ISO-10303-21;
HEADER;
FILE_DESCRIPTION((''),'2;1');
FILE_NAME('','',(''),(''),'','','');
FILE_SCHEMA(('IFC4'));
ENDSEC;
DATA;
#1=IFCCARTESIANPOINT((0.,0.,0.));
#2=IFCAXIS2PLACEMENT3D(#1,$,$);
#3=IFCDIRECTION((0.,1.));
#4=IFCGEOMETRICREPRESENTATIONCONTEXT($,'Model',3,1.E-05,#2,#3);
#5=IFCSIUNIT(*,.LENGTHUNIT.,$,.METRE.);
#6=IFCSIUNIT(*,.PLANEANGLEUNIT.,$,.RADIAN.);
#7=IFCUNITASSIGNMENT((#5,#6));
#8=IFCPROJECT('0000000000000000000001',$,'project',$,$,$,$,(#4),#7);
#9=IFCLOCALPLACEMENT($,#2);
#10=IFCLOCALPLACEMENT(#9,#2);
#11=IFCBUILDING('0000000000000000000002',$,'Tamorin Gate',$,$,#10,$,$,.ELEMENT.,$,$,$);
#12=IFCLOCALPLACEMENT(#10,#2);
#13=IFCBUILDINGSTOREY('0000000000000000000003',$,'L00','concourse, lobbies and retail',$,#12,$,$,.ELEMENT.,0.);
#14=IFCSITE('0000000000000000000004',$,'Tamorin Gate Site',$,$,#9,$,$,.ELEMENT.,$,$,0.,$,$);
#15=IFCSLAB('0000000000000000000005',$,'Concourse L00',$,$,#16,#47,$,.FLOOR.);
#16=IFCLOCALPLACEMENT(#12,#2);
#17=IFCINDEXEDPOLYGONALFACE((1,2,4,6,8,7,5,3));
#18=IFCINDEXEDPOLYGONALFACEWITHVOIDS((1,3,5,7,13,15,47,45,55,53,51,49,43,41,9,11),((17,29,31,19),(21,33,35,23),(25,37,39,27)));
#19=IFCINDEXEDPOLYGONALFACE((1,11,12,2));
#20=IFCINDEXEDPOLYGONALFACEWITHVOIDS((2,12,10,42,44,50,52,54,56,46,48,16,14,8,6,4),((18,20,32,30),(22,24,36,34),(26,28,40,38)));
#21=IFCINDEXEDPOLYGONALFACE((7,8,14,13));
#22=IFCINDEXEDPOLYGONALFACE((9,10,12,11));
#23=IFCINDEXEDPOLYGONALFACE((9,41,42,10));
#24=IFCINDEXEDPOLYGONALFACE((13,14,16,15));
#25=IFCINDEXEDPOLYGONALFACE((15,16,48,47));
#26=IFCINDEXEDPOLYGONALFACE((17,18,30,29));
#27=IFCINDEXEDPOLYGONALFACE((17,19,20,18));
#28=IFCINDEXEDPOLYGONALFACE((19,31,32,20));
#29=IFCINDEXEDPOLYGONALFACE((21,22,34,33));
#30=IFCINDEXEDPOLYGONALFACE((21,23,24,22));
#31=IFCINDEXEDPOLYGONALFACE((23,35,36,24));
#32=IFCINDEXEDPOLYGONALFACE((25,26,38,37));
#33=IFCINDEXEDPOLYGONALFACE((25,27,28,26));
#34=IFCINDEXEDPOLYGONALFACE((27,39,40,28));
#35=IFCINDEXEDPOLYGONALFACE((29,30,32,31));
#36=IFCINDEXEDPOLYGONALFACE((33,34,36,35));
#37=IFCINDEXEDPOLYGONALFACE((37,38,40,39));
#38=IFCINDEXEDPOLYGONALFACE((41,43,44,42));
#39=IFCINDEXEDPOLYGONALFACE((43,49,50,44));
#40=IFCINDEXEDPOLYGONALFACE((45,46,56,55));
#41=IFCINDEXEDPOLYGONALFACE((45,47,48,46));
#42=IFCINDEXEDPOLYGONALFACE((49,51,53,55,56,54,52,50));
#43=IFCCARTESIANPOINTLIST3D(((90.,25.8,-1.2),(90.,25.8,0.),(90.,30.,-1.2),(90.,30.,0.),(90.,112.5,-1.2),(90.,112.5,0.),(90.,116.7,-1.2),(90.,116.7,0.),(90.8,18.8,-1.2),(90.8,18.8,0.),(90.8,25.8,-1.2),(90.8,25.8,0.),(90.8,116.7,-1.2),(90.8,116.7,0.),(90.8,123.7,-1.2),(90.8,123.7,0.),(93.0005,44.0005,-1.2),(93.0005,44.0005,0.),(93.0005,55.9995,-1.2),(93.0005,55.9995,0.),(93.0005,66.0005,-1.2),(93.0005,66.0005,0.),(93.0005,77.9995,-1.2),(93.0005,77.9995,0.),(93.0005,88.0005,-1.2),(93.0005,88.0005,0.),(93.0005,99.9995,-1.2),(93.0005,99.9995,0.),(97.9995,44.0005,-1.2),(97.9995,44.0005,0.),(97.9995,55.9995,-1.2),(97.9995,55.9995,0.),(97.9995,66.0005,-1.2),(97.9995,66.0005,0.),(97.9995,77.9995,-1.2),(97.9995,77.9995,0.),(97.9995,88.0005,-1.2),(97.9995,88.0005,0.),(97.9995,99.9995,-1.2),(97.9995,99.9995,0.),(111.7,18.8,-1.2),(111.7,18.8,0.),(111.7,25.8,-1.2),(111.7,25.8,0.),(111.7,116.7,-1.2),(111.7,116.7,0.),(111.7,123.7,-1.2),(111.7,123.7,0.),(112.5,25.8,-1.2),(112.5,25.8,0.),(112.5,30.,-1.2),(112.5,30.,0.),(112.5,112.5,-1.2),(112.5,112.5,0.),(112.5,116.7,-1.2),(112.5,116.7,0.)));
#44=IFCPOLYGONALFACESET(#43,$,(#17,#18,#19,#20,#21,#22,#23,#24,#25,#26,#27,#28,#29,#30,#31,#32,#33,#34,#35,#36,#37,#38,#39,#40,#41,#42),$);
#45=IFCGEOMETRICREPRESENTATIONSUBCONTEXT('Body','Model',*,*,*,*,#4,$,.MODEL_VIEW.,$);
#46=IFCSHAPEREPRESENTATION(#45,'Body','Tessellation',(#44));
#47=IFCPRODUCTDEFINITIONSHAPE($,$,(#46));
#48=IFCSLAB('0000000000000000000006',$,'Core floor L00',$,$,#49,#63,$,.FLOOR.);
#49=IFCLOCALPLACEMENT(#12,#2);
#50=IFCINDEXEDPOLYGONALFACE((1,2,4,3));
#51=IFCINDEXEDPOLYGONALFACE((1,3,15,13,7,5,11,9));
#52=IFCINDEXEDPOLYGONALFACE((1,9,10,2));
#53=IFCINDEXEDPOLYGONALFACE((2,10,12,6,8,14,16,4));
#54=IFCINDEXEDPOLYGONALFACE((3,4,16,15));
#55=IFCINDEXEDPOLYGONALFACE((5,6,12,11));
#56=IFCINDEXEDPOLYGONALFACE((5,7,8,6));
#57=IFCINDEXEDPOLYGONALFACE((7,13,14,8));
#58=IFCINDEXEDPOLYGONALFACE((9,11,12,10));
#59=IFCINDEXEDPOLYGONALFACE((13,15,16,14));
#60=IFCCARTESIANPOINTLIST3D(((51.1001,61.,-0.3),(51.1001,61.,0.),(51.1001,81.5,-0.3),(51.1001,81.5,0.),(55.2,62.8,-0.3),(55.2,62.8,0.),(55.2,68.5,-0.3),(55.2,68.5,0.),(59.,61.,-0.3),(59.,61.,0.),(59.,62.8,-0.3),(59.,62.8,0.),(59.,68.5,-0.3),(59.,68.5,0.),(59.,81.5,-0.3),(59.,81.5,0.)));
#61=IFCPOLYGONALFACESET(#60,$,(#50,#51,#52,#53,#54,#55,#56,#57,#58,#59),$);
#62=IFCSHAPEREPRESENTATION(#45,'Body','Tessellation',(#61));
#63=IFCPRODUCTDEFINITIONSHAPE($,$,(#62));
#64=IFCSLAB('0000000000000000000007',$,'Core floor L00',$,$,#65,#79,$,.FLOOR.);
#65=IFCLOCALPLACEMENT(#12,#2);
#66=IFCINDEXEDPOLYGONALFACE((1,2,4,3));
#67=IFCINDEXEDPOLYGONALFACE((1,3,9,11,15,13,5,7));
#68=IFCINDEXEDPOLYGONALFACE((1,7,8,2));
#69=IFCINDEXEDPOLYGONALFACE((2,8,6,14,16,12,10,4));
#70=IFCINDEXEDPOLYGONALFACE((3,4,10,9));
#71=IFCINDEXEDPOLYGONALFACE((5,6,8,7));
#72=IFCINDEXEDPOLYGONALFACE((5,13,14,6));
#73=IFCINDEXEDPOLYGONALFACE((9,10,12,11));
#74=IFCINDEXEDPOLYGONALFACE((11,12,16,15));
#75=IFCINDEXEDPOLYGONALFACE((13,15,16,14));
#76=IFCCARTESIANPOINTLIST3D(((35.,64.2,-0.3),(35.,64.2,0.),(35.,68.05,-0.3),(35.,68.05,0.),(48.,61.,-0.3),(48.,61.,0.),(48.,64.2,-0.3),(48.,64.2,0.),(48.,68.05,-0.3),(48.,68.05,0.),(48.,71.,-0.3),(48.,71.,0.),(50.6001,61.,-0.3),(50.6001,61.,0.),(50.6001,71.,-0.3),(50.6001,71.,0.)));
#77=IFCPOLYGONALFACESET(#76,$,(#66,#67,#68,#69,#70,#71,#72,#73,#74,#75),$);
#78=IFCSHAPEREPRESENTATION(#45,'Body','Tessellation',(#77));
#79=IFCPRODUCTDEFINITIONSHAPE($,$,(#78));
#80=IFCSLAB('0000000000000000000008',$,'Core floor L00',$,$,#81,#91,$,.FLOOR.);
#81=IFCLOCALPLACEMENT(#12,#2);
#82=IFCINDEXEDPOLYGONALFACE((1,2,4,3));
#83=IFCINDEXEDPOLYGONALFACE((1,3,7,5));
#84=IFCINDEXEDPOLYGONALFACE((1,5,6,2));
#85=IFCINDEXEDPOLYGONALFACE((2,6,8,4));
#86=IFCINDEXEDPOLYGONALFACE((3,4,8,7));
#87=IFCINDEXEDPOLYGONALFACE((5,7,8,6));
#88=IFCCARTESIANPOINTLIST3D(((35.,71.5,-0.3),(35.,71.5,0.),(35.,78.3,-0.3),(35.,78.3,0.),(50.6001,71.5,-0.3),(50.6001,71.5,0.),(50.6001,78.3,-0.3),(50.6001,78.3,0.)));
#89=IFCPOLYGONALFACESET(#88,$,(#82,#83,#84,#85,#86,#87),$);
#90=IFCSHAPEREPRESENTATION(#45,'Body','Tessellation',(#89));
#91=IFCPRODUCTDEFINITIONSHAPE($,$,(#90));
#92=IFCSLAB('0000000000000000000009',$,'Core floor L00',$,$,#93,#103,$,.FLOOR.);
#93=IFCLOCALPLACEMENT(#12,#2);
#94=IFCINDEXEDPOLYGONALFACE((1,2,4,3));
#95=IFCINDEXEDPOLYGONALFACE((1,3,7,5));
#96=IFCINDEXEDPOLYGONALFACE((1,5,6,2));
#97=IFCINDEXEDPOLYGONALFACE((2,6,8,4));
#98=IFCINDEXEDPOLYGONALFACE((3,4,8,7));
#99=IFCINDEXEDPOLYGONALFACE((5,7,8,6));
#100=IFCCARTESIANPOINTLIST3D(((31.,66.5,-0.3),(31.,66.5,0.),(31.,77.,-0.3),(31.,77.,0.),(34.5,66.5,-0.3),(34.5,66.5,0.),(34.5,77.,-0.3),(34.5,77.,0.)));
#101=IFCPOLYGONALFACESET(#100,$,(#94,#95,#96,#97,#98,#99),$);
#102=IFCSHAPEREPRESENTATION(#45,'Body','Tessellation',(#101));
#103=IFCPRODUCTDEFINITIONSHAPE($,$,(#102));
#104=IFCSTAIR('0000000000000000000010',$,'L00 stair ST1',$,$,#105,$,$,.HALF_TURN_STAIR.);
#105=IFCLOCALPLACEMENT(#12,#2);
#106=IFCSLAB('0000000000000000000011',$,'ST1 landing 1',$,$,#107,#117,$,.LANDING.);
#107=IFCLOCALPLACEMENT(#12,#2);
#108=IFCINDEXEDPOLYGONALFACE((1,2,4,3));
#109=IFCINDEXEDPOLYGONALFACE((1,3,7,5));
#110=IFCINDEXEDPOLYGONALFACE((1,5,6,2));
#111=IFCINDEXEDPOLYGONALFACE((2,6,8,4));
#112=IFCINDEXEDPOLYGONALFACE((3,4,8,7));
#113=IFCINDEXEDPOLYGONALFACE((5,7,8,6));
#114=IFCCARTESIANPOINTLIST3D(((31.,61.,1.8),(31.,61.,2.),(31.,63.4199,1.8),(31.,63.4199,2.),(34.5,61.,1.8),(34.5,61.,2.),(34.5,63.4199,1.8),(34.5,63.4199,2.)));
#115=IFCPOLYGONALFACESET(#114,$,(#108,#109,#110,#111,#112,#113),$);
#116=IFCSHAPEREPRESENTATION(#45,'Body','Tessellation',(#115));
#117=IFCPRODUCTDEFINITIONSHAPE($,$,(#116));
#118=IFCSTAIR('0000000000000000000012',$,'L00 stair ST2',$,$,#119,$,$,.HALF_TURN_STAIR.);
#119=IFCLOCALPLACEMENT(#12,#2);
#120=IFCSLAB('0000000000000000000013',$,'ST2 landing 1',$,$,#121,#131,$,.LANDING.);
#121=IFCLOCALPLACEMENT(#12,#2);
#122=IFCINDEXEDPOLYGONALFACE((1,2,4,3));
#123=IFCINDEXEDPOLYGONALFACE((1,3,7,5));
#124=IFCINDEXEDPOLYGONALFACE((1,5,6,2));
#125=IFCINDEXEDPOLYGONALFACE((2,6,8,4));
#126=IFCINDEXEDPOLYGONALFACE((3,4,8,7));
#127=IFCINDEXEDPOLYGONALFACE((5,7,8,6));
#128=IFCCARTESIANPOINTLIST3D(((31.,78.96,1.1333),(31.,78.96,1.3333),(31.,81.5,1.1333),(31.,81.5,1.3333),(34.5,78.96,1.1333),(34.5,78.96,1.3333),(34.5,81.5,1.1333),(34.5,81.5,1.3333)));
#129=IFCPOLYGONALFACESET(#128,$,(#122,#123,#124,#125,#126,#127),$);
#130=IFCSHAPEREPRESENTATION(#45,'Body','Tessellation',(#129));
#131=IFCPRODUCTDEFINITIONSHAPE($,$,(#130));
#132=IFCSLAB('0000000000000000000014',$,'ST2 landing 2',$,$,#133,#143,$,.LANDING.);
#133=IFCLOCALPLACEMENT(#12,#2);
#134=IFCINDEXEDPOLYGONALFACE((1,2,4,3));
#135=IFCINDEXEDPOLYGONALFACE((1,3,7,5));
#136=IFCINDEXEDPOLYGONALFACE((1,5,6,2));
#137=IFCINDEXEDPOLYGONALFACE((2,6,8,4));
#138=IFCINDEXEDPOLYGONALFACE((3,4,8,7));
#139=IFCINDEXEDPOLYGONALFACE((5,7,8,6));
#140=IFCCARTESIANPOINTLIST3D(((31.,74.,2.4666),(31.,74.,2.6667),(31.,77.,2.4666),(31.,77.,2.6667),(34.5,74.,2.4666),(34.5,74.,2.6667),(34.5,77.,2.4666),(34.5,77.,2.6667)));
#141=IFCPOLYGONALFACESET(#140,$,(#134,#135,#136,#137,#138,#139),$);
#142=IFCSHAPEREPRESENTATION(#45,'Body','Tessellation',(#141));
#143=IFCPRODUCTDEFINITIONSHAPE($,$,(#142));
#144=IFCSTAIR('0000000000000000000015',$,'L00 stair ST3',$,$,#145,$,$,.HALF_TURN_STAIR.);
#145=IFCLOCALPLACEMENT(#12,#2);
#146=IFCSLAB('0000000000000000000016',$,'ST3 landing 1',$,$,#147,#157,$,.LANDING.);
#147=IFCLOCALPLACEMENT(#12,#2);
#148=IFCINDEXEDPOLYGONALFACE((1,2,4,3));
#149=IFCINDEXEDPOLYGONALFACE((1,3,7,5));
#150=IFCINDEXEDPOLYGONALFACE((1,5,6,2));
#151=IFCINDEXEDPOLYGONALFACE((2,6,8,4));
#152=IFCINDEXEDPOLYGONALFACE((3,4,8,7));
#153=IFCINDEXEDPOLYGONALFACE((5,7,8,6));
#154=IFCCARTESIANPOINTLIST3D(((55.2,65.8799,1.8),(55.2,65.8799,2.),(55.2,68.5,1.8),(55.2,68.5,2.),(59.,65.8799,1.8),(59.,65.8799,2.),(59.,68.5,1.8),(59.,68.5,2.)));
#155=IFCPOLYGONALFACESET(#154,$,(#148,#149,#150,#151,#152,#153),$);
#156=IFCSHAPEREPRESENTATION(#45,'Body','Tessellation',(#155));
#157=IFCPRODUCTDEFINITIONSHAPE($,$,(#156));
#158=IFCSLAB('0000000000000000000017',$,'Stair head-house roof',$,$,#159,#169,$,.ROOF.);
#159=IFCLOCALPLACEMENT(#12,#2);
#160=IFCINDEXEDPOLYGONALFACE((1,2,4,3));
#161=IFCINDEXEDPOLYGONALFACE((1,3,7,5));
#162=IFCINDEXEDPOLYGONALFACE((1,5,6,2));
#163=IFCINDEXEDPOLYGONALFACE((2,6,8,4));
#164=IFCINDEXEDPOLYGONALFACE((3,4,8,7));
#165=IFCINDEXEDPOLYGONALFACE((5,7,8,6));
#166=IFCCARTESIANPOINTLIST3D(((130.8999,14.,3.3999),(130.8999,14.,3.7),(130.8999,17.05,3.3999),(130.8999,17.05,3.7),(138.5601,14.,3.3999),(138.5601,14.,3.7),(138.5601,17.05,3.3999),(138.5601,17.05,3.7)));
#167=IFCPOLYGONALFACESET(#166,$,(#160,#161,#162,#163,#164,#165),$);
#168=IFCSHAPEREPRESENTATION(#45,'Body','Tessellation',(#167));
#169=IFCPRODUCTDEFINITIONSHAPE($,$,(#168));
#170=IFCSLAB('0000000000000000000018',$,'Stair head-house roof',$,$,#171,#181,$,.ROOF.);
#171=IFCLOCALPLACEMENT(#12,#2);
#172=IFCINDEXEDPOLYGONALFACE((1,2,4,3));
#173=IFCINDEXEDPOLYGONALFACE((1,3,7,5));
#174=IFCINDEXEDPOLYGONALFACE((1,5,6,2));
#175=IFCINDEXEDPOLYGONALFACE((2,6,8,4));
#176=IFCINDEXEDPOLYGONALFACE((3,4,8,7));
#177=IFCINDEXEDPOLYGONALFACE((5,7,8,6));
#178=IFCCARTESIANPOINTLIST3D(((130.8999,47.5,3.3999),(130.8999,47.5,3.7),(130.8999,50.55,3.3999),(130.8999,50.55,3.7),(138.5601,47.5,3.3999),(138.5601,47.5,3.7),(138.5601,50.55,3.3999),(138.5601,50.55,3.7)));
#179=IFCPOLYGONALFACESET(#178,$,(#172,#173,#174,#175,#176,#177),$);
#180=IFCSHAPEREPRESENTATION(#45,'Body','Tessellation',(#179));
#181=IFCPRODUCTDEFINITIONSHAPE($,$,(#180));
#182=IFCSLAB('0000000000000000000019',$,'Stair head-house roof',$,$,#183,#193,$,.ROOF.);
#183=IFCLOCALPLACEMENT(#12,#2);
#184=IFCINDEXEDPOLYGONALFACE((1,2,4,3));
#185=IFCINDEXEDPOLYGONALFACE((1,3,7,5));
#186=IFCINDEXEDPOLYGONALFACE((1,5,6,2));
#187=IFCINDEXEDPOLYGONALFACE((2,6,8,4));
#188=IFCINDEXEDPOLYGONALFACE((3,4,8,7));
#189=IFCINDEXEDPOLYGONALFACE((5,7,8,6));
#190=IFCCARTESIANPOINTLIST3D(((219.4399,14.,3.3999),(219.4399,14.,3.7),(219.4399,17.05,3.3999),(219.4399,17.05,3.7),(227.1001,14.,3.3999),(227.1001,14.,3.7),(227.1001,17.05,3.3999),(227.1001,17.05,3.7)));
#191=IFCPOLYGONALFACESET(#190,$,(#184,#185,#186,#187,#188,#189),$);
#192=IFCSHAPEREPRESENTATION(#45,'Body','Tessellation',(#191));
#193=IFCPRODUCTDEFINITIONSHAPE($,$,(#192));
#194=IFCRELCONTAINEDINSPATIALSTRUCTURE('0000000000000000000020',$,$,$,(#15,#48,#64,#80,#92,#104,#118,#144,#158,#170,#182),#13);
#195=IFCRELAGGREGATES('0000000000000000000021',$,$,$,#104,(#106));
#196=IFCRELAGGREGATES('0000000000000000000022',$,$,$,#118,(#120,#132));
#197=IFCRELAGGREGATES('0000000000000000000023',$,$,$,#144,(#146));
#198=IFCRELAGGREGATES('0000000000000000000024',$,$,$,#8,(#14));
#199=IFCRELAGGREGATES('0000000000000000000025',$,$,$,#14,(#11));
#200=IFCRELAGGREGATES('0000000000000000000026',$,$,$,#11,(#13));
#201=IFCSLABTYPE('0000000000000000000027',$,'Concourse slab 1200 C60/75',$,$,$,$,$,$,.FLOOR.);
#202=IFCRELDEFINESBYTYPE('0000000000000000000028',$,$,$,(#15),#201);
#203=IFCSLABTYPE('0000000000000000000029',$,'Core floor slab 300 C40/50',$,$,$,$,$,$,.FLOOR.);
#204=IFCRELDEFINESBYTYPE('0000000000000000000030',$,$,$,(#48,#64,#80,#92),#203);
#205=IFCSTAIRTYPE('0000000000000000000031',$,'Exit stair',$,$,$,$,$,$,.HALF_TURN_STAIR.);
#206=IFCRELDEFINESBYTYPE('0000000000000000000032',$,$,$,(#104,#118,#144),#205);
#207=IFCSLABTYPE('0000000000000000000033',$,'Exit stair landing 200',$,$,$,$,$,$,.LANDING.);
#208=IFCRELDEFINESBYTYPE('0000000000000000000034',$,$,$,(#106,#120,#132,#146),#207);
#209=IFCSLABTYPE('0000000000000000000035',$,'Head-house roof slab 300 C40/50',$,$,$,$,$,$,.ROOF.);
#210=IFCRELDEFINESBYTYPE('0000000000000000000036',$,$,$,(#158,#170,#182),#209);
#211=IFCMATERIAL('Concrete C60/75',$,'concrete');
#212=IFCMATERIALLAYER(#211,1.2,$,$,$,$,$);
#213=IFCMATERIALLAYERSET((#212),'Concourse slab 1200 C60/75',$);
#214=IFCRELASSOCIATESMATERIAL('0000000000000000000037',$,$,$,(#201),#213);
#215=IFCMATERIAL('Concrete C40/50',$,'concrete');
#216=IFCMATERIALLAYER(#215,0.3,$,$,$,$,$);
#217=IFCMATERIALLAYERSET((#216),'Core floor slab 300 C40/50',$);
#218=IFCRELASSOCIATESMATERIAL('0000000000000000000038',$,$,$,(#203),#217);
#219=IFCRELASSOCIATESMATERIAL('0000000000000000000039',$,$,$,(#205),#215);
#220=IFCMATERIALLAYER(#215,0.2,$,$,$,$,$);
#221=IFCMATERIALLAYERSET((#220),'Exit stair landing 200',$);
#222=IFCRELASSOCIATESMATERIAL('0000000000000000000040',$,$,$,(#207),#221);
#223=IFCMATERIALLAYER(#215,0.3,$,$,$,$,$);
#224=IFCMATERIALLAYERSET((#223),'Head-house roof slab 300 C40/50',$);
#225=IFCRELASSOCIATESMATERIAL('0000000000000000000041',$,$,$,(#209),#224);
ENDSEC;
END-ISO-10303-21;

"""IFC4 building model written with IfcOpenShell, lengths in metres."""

from ifc_helpers import new_model, si_unit, direction, frame, origin, place, context, subcontext, project, spatial, polyline, outline, extrude, material, layer, layer_set, type_object, element, aggregate, save


model = new_model("IFC4")

# Units and contexts
model_context = context("Model", 3, precision=1e-05, world=origin(), true_north=direction((0.0, 1.0)))
body_context = subcontext(model_context, "Body", "Model", "MODEL_VIEW")
ifc_project = project(units=[si_unit("LENGTHUNIT", "METRE"), si_unit("PLANEANGLEUNIT", "RADIAN")], contexts=[model_context])

# Site, building, storey
site_placement = place(None, origin())
site = spatial("IfcSite", under=ifc_project, at=site_placement, Name="Tamorin Gate Site", CompositionType="ELEMENT", RefElevation=0.0)
building_placement = place(site_placement, origin())
building = spatial("IfcBuilding", under=site, at=building_placement, Name="Tamorin Gate", CompositionType="ELEMENT")
storey_placement = place(building_placement, origin())
storey = spatial("IfcBuildingStorey", under=building, at=storey_placement, Name="L00", Description="concourse, lobbies and retail", CompositionType="ELEMENT", Elevation=0.0)

# Slabs
ifc_material_1 = material(Name="Concrete C60/75", Category="concrete")
ifc_layer_1 = layer(ifc_material_1, 1.2)
ifc_layer_set_1 = layer_set([ifc_layer_1], Name="Concourse slab 1200 C60/75")
slab_type_1 = type_object("IfcSlabType", Name="Concourse slab 1200 C60/75", PredefinedType="FLOOR", material=ifc_layer_set_1)
slab_1_placement = place(storey_placement, frame((0.0, 0.0, -1.2)))
element("IfcSlab", 1, at=slab_1_placement, inside=storey, type_object=slab_type_1, Name="Concourse L00", PredefinedType="FLOOR", context=body_context, shape_type="SweptSolid", body=[
    extrude(outline(polyline([(90.8, 25.8), (90.0, 25.8), (90.0, 30.0), (90.0, 112.5), (90.0, 116.7), (90.8, 116.7), (90.8, 123.7), (111.7, 123.7), (111.7, 116.7), (112.5, 116.7), (112.5, 112.5), (112.5, 30.0), (112.5, 25.8), (111.7, 25.8), (111.7, 18.8), (90.8, 18.8), (90.8, 25.8)]), holes=[polyline([(97.9995, 44.0005), (93.0005, 44.0005), (93.0005, 55.9995), (97.9995, 55.9995), (97.9995, 44.0005)]), polyline([(97.9995, 66.0005), (93.0005, 66.0005), (93.0005, 77.9995), (97.9995, 77.9995), (97.9995, 66.0005)]), polyline([(97.9995, 88.0005), (93.0005, 88.0005), (93.0005, 99.9995), (97.9995, 99.9995), (97.9995, 88.0005)])]), origin(), (0.0, 0.0, 1.0), 1.2),
])
ifc_material_2 = material(Name="Concrete C40/50", Category="concrete")
ifc_layer_2 = layer(ifc_material_2, 0.3)
ifc_layer_set_2 = layer_set([ifc_layer_2], Name="Core floor slab 300 C40/50")
slab_type_2 = type_object("IfcSlabType", Name="Core floor slab 300 C40/50", PredefinedType="FLOOR", material=ifc_layer_set_2)
slab_2_placement = place(storey_placement, frame((0.0, 0.0, -0.3)))
element("IfcSlab", 2, at=slab_2_placement, inside=storey, type_object=slab_type_2, Name="Core floor L00", PredefinedType="FLOOR", context=body_context, shape_type="SweptSolid", body=[
    extrude(outline(polyline([(59.0, 62.8), (59.0, 61.0), (51.1001, 61.0), (51.1001, 81.5), (59.0, 81.5), (59.0, 68.5), (55.2, 68.5), (55.2, 62.8), (59.0, 62.8)])), origin(), (0.0, 0.0, 1.0), 0.3),
])
slab_3_placement = place(storey_placement, frame((0.0, 0.0, -0.3)))
element("IfcSlab", 3, at=slab_3_placement, inside=storey, type_object=slab_type_2, Name="Core floor L00", PredefinedType="FLOOR", context=body_context, shape_type="SweptSolid", body=[
    extrude(outline(polyline([(50.6001, 61.0), (48.0, 61.0), (48.0, 64.2), (35.0, 64.2), (35.0, 68.05), (48.0, 68.05), (48.0, 71.0), (50.6001, 71.0), (50.6001, 61.0)])), origin(), (0.0, 0.0, 1.0), 0.3),
])
slab_4_placement = place(storey_placement, frame((0.0, 0.0, -0.3)))
element("IfcSlab", 4, at=slab_4_placement, inside=storey, type_object=slab_type_2, Name="Core floor L00", PredefinedType="FLOOR", context=body_context, shape_type="SweptSolid", body=[
    extrude(outline(polyline([(50.6001, 71.5), (35.0, 71.5), (35.0, 78.3), (50.6001, 78.3), (50.6001, 71.5)])), origin(), (0.0, 0.0, 1.0), 0.3),
])
slab_5_placement = place(storey_placement, frame((0.0, 0.0, -0.3)))
element("IfcSlab", 5, at=slab_5_placement, inside=storey, type_object=slab_type_2, Name="Core floor L00", PredefinedType="FLOOR", context=body_context, shape_type="SweptSolid", body=[
    extrude(outline(polyline([(31.0, 66.5), (31.0, 77.0), (34.5, 77.0), (34.5, 66.5), (31.0, 66.5)])), origin(), (0.0, 0.0, 1.0), 0.3),
])

# Stair, slab
stair_type = type_object("IfcStairType", Name="Exit stair", PredefinedType="HALF_TURN_STAIR", material=ifc_material_2)
stair_1_placement = place(storey_placement, origin())
stair_1 = element("IfcStair", 6, at=stair_1_placement, inside=storey, type_object=stair_type, Name="L00 stair ST1", PredefinedType="HALF_TURN_STAIR")
ifc_layer_3 = layer(ifc_material_2, 0.2)
ifc_layer_set_3 = layer_set([ifc_layer_3], Name="Exit stair landing 200")
slab_type_3 = type_object("IfcSlabType", Name="Exit stair landing 200", PredefinedType="LANDING", material=ifc_layer_set_3)
slab_6_placement = place(storey_placement, frame((0.0, 0.0, 1.8)))
slab_6 = element("IfcSlab", 7, at=slab_6_placement, type_object=slab_type_3, Name="ST1 landing 1", PredefinedType="LANDING", context=body_context, shape_type="SweptSolid", body=[
    extrude(outline(polyline([(31.0, 63.4199), (31.0, 61.0), (34.5, 61.0), (34.5, 63.4199), (31.0, 63.4199)])), origin(), (0.0, 0.0, 1.0), 0.2),
])
aggregate(stair_1, [slab_6])

# Stair, slabs
stair_2_placement = place(storey_placement, origin())
stair_2 = element("IfcStair", 8, at=stair_2_placement, inside=storey, type_object=stair_type, Name="L00 stair ST2", PredefinedType="HALF_TURN_STAIR")
slab_7_placement = place(storey_placement, frame((0.0, 0.0, 1.1333)))
slab_7 = element("IfcSlab", 9, at=slab_7_placement, type_object=slab_type_3, Name="ST2 landing 1", PredefinedType="LANDING", context=body_context, shape_type="SweptSolid", body=[
    extrude(outline(polyline([(34.5, 78.96), (34.5, 81.5), (31.0, 81.5), (31.0, 78.96), (34.5, 78.96)])), origin(), (0.0, 0.0, 1.0), 0.2),
])
slab_8_placement = place(storey_placement, frame((0.0, 0.0, 2.4666)))
slab_8 = element("IfcSlab", 10, at=slab_8_placement, type_object=slab_type_3, Name="ST2 landing 2", PredefinedType="LANDING", context=body_context, shape_type="SweptSolid", body=[
    extrude(outline(polyline([(34.5, 74.0), (34.5, 77.0), (31.0, 77.0), (31.0, 74.0), (34.5, 74.0)])), origin(), (0.0, 0.0, 1.0), 0.2002),
])
aggregate(stair_2, [slab_7, slab_8])

# Stair, slab
stair_3_placement = place(storey_placement, origin())
stair_3 = element("IfcStair", 11, at=stair_3_placement, inside=storey, type_object=stair_type, Name="L00 stair ST3", PredefinedType="HALF_TURN_STAIR")
slab_9_placement = place(storey_placement, frame((0.0, 0.0, 1.8)))
slab_9 = element("IfcSlab", 12, at=slab_9_placement, type_object=slab_type_3, Name="ST3 landing 1", PredefinedType="LANDING", context=body_context, shape_type="SweptSolid", body=[
    extrude(outline(polyline([(59.0, 65.8799), (59.0, 68.5), (55.2, 68.5), (55.2, 65.8799), (59.0, 65.8799)])), origin(), (0.0, 0.0, 1.0), 0.2),
])
aggregate(stair_3, [slab_9])

# Slabs
ifc_layer_4 = layer(ifc_material_2, 0.3)
ifc_layer_set_4 = layer_set([ifc_layer_4], Name="Head-house roof slab 300 C40/50")
slab_type_4 = type_object("IfcSlabType", Name="Head-house roof slab 300 C40/50", PredefinedType="ROOF", material=ifc_layer_set_4)
slab_10_placement = place(storey_placement, frame((0.0, 0.0, 3.3999)))
element("IfcSlab", 13, at=slab_10_placement, inside=storey, type_object=slab_type_4, Name="Stair head-house roof", PredefinedType="ROOF", context=body_context, shape_type="SweptSolid", body=[
    extrude(outline(polyline([(138.5601, 14.0), (138.5601, 17.05), (130.8999, 17.05), (130.8999, 14.0), (138.5601, 14.0)])), origin(), (0.0, 0.0, 1.0), 0.3),
])
slab_11_placement = place(storey_placement, frame((0.0, 0.0, 3.3999)))
element("IfcSlab", 14, at=slab_11_placement, inside=storey, type_object=slab_type_4, Name="Stair head-house roof", PredefinedType="ROOF", context=body_context, shape_type="SweptSolid", body=[
    extrude(outline(polyline([(138.5601, 47.5), (138.5601, 50.55), (130.8999, 50.55), (130.8999, 47.5), (138.5601, 47.5)])), origin(), (0.0, 0.0, 1.0), 0.3),
])
slab_12_placement = place(storey_placement, frame((0.0, 0.0, 3.3999)))
element("IfcSlab", 15, at=slab_12_placement, inside=storey, type_object=slab_type_4, Name="Stair head-house roof", PredefinedType="ROOF", context=body_context, shape_type="SweptSolid", body=[
    extrude(outline(polyline([(227.1001, 14.0), (227.1001, 17.05), (219.4399, 17.05), (219.4399, 14.0), (227.1001, 14.0)])), origin(), (0.0, 0.0, 1.0), 0.3),
])

save(model, "model.ifc")
